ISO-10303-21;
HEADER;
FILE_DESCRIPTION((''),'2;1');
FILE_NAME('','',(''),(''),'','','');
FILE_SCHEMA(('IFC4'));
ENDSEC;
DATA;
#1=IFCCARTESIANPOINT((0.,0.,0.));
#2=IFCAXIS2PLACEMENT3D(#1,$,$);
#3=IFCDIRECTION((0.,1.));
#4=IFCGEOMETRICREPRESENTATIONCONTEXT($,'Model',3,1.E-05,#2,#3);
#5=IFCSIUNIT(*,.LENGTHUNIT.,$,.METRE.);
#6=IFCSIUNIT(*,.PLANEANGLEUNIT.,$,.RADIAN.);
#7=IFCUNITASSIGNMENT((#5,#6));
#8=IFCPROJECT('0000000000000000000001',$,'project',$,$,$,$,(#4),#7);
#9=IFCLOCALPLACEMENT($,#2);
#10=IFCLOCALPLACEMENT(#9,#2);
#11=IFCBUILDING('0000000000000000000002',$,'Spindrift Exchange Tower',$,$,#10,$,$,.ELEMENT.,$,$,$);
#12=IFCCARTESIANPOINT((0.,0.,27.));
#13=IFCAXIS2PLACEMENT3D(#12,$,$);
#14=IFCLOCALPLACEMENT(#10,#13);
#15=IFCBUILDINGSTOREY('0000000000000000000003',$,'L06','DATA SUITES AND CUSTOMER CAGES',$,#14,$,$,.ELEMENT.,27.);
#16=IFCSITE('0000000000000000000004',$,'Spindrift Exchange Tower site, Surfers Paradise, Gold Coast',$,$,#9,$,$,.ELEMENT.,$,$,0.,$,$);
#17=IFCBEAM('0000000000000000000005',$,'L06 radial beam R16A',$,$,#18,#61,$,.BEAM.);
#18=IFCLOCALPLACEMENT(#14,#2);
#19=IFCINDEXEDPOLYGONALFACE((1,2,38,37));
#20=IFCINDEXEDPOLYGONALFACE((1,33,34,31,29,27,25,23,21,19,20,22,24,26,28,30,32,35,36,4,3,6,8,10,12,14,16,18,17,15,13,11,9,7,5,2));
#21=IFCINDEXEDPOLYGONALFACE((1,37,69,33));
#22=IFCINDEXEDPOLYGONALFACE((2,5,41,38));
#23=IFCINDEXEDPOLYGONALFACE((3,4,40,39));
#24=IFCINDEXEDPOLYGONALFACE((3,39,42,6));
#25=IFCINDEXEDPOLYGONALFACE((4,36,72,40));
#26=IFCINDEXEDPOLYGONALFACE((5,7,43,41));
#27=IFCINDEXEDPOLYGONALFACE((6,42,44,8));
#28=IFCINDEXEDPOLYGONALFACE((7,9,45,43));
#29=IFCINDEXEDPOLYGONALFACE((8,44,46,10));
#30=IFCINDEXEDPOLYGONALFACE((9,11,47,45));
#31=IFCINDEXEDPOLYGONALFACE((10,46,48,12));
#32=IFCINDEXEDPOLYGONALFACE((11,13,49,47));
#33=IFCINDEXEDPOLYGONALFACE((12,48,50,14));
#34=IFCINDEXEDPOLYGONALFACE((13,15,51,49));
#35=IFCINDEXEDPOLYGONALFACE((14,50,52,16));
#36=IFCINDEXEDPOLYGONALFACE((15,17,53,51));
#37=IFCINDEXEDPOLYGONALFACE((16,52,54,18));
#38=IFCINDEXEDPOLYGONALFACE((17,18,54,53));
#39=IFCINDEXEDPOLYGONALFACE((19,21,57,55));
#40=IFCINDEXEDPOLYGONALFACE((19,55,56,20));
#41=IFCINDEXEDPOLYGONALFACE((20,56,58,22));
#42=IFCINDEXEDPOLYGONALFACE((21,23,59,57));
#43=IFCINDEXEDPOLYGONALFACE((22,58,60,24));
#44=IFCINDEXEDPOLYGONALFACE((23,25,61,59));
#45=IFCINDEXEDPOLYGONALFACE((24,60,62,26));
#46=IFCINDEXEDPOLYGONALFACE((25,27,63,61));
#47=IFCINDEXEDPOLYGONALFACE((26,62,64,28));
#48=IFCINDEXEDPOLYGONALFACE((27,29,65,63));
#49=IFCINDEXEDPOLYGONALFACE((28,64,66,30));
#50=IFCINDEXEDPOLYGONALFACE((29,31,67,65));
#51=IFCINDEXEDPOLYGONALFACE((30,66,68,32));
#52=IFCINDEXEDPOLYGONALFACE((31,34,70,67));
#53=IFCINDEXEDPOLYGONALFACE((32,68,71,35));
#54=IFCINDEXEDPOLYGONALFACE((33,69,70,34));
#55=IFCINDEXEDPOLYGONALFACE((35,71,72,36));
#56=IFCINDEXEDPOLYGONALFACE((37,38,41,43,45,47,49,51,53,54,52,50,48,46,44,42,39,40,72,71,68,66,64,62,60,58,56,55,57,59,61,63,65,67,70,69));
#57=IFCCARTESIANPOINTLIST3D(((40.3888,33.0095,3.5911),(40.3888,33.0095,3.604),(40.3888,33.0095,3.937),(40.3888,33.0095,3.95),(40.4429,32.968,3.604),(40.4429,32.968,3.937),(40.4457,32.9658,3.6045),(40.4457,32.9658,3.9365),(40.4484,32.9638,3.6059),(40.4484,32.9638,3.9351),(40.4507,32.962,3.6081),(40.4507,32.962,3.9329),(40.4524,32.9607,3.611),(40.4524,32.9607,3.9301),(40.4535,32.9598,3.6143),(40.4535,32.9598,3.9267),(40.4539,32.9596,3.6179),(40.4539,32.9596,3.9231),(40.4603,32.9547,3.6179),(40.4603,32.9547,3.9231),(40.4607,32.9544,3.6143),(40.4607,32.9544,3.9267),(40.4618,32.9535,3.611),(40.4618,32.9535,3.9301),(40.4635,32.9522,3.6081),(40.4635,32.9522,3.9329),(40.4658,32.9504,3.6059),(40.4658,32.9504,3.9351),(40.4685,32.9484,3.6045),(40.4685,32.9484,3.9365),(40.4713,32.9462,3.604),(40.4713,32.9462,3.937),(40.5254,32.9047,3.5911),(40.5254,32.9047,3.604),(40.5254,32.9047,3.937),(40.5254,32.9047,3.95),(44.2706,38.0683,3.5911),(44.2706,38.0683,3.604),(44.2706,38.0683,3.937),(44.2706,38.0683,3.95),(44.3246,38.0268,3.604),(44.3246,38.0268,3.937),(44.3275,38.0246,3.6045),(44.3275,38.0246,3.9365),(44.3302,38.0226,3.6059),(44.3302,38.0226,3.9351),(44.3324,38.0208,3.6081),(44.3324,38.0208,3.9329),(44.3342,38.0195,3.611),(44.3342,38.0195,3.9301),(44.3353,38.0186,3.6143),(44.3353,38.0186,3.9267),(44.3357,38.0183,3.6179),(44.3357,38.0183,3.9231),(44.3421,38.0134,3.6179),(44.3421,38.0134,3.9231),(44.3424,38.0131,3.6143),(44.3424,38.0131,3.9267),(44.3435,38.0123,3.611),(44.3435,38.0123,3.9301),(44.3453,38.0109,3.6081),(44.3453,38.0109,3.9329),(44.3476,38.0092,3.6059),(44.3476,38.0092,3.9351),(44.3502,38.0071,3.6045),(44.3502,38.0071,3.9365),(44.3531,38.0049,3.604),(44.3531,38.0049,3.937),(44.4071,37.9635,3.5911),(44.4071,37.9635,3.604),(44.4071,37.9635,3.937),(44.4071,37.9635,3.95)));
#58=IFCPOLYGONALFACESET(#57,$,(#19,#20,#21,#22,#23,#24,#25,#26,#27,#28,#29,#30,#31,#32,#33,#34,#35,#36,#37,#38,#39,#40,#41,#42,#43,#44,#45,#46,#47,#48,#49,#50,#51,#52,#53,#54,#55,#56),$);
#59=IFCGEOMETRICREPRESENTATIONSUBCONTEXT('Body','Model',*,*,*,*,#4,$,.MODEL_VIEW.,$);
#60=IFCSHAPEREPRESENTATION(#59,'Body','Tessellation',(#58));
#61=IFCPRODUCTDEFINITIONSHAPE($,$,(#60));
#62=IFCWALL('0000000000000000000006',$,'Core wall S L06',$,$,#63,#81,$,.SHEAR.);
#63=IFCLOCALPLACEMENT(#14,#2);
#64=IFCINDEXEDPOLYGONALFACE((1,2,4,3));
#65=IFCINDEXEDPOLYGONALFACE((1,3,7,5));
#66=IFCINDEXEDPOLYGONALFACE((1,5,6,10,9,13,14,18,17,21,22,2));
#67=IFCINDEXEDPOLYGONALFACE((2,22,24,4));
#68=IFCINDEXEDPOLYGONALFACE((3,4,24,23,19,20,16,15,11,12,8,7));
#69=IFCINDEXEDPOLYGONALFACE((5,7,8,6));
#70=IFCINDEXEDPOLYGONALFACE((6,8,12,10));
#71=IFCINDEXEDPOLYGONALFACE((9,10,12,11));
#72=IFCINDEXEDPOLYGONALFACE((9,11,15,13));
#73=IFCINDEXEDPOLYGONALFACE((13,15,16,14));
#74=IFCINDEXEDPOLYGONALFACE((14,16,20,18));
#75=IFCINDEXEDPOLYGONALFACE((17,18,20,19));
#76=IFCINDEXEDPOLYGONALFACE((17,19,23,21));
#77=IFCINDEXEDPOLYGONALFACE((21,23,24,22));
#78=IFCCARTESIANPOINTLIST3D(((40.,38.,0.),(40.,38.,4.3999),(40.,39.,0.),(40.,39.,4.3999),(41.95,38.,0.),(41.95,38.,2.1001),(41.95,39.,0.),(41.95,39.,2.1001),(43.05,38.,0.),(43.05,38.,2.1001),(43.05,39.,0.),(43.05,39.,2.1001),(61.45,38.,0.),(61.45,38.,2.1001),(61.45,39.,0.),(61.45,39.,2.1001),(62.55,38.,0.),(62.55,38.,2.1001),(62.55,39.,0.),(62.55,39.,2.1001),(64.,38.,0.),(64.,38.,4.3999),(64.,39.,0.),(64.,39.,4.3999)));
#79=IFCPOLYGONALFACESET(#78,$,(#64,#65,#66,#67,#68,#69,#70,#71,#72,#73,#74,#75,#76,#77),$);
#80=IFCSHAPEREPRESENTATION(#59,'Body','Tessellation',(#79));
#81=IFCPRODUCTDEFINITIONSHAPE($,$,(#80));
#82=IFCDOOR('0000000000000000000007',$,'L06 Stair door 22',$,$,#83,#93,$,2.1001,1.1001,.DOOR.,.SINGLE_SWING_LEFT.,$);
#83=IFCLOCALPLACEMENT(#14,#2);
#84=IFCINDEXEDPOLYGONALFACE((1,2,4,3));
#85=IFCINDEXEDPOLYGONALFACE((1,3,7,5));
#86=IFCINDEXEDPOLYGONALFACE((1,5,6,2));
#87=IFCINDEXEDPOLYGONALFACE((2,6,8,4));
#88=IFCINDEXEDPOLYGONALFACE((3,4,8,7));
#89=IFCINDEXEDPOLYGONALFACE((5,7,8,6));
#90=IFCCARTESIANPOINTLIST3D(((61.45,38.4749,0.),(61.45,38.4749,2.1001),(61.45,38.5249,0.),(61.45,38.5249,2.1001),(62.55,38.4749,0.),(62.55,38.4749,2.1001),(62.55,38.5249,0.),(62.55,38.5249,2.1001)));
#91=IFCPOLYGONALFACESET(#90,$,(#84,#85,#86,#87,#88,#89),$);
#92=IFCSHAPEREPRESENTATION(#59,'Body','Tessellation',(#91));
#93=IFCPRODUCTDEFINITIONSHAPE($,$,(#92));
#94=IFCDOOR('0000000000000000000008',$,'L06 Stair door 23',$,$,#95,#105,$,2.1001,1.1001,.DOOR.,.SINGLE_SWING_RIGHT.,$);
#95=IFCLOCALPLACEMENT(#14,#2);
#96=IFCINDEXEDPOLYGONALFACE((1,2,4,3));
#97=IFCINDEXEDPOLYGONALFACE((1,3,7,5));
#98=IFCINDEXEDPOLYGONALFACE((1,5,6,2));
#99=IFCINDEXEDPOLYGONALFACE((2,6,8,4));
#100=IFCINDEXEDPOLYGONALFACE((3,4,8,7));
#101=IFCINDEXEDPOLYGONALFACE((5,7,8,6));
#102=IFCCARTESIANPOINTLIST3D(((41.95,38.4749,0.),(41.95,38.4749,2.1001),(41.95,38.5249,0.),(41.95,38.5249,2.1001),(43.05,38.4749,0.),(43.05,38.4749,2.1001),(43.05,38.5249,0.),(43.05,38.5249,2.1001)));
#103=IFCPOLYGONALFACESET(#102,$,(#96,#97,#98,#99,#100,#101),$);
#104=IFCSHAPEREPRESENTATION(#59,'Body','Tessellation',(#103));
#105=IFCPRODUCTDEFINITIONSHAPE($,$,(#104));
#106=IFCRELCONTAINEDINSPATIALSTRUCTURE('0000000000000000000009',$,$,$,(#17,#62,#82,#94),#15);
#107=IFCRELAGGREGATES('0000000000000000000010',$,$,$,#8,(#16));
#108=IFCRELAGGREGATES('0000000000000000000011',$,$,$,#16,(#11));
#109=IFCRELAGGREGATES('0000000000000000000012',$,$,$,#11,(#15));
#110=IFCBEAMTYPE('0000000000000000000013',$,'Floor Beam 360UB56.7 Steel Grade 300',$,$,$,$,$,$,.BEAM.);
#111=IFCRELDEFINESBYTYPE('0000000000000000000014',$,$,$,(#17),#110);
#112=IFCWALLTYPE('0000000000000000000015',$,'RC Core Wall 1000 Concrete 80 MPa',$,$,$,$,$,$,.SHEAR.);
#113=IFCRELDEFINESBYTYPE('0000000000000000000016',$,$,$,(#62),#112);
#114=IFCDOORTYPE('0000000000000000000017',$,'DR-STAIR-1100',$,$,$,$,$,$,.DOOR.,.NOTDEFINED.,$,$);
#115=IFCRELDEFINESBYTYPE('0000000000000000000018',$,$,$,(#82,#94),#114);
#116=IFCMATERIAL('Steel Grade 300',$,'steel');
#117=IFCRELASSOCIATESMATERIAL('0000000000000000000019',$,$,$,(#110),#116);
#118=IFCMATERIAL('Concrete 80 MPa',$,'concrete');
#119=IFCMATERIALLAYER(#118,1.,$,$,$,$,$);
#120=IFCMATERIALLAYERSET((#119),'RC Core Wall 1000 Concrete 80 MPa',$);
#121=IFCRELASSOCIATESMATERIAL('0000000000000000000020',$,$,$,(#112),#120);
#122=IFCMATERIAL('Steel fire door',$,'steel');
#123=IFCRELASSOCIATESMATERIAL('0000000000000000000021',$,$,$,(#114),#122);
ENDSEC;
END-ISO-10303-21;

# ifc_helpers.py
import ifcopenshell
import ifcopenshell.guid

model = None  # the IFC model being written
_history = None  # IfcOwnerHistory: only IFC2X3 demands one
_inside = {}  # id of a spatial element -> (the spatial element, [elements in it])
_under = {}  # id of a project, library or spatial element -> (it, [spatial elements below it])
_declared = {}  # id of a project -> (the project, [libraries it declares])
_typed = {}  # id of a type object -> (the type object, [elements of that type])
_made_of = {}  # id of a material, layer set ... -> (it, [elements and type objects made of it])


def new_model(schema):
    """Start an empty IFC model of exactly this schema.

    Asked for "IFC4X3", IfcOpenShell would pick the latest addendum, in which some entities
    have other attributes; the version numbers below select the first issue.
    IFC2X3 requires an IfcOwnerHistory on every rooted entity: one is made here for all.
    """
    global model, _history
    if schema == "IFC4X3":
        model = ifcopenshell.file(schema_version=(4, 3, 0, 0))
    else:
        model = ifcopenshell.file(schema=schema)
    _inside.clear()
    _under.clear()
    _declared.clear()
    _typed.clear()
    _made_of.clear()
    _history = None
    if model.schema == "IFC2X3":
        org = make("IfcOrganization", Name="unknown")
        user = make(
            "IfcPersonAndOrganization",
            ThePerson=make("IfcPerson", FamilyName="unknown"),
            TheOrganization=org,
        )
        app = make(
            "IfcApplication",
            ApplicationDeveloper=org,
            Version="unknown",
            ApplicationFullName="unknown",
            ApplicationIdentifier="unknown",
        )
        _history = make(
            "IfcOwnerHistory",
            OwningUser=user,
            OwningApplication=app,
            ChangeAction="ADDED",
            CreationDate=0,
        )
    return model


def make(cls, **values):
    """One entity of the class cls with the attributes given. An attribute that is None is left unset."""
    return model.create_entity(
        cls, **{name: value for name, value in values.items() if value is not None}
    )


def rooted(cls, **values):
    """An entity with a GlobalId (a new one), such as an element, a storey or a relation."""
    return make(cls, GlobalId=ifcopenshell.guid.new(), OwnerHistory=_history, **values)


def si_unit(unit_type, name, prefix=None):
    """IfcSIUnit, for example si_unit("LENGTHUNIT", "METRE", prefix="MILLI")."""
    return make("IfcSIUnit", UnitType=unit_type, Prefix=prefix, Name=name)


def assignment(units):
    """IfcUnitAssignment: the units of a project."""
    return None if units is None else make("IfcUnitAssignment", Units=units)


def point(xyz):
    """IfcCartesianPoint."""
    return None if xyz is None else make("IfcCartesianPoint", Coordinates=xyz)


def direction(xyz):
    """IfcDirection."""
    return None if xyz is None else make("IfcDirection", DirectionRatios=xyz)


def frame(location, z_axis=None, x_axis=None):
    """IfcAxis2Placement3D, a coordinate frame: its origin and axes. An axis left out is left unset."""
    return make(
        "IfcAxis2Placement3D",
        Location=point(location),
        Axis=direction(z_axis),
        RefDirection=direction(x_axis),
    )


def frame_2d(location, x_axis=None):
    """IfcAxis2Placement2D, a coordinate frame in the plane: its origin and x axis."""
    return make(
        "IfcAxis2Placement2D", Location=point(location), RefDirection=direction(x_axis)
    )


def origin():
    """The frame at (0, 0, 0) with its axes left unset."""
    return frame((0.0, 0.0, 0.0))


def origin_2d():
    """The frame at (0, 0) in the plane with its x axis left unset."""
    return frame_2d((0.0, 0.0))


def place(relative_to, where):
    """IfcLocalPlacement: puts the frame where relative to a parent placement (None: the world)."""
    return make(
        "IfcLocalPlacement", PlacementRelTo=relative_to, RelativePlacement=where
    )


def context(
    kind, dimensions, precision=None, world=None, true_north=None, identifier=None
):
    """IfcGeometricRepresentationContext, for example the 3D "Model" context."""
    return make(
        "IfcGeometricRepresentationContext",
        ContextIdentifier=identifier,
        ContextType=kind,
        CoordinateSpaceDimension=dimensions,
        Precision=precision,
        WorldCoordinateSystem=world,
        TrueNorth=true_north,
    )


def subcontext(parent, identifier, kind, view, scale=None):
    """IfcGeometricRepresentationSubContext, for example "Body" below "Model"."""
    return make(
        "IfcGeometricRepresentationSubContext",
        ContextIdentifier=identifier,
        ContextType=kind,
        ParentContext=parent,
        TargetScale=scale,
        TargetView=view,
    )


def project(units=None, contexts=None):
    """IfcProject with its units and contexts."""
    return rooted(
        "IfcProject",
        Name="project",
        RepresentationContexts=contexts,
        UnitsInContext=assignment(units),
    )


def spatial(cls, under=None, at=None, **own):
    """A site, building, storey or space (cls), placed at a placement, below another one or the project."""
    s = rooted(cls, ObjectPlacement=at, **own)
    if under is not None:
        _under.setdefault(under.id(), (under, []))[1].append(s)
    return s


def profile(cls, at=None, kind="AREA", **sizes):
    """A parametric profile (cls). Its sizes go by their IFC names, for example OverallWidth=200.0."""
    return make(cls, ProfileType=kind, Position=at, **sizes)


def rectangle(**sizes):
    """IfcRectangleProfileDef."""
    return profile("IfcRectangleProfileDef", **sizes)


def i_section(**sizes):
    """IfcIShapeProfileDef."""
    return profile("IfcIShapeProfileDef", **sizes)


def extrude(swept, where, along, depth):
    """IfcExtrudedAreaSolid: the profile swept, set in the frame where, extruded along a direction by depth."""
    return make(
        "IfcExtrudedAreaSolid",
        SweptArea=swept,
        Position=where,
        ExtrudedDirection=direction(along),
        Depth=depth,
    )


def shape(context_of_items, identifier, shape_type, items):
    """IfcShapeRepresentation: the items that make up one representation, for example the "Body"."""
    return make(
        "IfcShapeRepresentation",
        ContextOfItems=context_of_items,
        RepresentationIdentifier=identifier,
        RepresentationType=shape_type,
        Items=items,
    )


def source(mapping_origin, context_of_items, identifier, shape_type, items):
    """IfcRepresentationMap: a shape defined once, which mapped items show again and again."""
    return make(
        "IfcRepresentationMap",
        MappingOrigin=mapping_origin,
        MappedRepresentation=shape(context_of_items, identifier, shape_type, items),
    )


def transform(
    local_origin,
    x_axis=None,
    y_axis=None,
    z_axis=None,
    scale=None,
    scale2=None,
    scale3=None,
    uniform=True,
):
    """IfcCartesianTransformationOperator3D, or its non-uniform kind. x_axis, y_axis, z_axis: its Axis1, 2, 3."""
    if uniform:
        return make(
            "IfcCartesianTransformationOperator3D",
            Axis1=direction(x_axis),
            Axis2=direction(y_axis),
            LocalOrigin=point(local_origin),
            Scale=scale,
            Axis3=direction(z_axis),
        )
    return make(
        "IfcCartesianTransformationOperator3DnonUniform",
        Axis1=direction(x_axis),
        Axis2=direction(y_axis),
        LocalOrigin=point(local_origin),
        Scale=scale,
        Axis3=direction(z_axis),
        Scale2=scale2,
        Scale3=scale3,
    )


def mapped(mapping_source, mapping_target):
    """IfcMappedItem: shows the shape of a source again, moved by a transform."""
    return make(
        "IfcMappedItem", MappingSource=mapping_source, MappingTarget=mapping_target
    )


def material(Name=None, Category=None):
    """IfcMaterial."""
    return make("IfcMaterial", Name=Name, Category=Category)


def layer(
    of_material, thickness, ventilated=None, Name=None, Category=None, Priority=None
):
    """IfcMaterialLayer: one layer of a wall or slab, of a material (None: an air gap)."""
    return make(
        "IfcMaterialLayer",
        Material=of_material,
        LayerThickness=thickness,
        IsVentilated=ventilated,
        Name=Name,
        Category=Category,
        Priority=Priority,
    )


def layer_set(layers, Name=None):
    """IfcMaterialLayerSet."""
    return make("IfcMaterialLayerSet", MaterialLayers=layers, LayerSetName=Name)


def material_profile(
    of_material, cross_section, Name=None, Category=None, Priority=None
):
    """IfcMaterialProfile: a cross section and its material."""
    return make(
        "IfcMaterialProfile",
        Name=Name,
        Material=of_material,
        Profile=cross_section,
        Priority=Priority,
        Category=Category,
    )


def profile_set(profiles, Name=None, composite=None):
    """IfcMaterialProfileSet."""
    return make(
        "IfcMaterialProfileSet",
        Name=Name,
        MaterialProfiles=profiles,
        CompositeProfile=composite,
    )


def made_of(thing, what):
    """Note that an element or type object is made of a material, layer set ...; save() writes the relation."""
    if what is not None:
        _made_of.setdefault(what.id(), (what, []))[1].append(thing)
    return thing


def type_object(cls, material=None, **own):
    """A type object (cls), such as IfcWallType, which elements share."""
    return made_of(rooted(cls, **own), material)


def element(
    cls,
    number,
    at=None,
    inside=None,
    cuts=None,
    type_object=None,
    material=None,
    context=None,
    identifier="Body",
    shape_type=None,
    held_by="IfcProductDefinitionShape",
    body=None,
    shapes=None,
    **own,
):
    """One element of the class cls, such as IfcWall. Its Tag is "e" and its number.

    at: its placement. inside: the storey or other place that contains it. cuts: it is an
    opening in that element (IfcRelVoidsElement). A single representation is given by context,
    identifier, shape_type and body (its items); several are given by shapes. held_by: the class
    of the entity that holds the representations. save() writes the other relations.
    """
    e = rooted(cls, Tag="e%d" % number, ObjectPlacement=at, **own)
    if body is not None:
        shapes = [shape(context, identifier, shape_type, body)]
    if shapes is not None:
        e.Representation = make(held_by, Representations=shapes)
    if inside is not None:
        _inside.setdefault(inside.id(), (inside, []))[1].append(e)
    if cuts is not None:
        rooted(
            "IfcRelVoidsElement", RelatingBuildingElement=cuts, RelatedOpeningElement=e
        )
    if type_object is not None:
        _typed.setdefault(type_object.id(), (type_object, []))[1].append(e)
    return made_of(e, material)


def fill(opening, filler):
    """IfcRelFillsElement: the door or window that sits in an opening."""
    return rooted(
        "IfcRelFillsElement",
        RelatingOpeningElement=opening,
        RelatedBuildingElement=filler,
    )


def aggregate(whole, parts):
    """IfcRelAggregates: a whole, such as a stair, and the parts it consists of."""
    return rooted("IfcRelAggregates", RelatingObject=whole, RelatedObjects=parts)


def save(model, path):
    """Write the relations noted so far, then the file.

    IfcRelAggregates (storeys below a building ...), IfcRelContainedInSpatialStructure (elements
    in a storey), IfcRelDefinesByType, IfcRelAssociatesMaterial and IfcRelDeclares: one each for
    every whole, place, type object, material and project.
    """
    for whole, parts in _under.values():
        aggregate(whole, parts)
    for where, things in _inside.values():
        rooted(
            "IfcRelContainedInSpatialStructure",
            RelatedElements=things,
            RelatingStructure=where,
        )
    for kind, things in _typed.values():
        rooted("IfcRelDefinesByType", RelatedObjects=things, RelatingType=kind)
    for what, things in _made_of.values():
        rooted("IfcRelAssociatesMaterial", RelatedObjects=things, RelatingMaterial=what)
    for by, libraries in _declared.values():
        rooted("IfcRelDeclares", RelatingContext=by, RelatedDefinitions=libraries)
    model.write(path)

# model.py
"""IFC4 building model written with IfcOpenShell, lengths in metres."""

from ifc_helpers import new_model, si_unit, direction, frame, frame_2d, origin, origin_2d, place, context, subcontext, project, spatial, rectangle, i_section, extrude, source, transform, mapped, material, layer, layer_set, material_profile, profile_set, type_object, element, fill, save


model = new_model("IFC4")

# Units and contexts
model_context = context("Model", 3, precision=1e-05, world=origin(), true_north=direction((0.0, 1.0)))
body_context = subcontext(model_context, "Body", "Model", "MODEL_VIEW")
ifc_project = project(units=[si_unit("LENGTHUNIT", "METRE"), si_unit("PLANEANGLEUNIT", "RADIAN")], contexts=[model_context])

# Site, building, storey
site_placement = place(None, origin())
site = spatial("IfcSite", under=ifc_project, at=site_placement, Name="Spindrift Exchange Tower site, Surfers Paradise, Gold Coast", CompositionType="ELEMENT", RefElevation=0.0)
building_placement = place(site_placement, origin())
building = spatial("IfcBuilding", under=site, at=building_placement, Name="Spindrift Exchange Tower", CompositionType="ELEMENT")
storey_placement = place(building_placement, frame((0.0, 0.0, 27.0)))
storey = spatial("IfcBuildingStorey", under=building, at=storey_placement, Name="L06", Description="DATA SUITES AND CUSTOMER CAGES", CompositionType="ELEMENT", Elevation=27.0)

# Beam
ifc_material_1 = material(Name="Steel Grade 300", Category="steel")
ifc_material_profile_1 = material_profile(ifc_material_1, i_section(OverallWidth=0.1721, OverallDepth=0.3589, WebThickness=0.0081, FlangeThickness=0.0129, FilletRadius=0.0139, at=origin_2d()), Name="360UB56.7")
ifc_profile_set_1 = profile_set([ifc_material_profile_1], Name="Steel Grade 300")
beam_type_1 = type_object("IfcBeamType", Name="Floor Beam 360UB56.7 Steel Grade 300", PredefinedType="BEAM", material=ifc_profile_set_1)
shared_shape_1 = source(origin(), body_context, "Body", "SweptSolid", [
    extrude(i_section(OverallWidth=0.1721, OverallDepth=0.3589, WebThickness=0.0081, FlangeThickness=0.0129, FilletRadius=0.0139, at=origin_2d()), origin(), (0.0, 0.0, 1.0), 6.3765),
])
beam_1_placement = place(storey_placement, frame((44.3389, 38.0159, 3.7705), z_axis=(-0.608767, -0.793349, 0.0), x_axis=(0.793349, -0.608767, 0.0)))
element("IfcBeam", 1, at=beam_1_placement, inside=storey, type_object=beam_type_1, Name="L06 radial beam R16A", PredefinedType="BEAM", context=body_context, shape_type="MappedRepresentation", body=[
    mapped(shared_shape_1, transform((0.0, 0.0, 0.0), scale=1.0)),
])

# Wall, openings, doors
ifc_material_2 = material(Name="Concrete 80 MPa", Category="concrete")
ifc_layer_1 = layer(ifc_material_2, 1.0)
ifc_layer_set_1 = layer_set([ifc_layer_1], Name="RC Core Wall 1000 Concrete 80 MPa")
wall_type_1 = type_object("IfcWallType", Name="RC Core Wall 1000 Concrete 80 MPa", PredefinedType="SHEAR", material=ifc_layer_set_1)
wall_1_placement = place(storey_placement, frame((40.0, 38.5, 0.0), z_axis=(0.0, 0.0, 1.0), x_axis=(1.0, 0.0, 0.0)))
wall_1 = element("IfcWall", 2, at=wall_1_placement, inside=storey, type_object=wall_type_1, Name="Core wall S L06", PredefinedType="SHEAR", context=body_context, shape_type="SweptSolid", body=[
    extrude(rectangle(XDim=24.0, YDim=1.0, at=frame_2d((12.0, 0.0))), origin(), (0.0, 0.0, 1.0), 4.3999),
])
opening_1_placement = place(wall_1_placement, frame((21.45, 0.0, 0.0)))
opening_1 = element("IfcOpeningElement", 3, at=opening_1_placement, cuts=wall_1, PredefinedType="OPENING", context=body_context, shape_type="SweptSolid", body=[
    extrude(rectangle(XDim=1.1001, YDim=2.1001, at=frame_2d((0.55, 1.05))), frame((0.0, 0.51, 0.0), z_axis=(0.0, -1.0, 0.0), x_axis=(1.0, 0.0, 0.0)), (0.0, 0.0, 1.0), 1.02),
])
opening_2_placement = place(wall_1_placement, frame((1.95, 0.0, 0.0)))
opening_2 = element("IfcOpeningElement", 4, at=opening_2_placement, cuts=wall_1, PredefinedType="OPENING", context=body_context, shape_type="SweptSolid", body=[
    extrude(rectangle(XDim=1.1001, YDim=2.1001, at=frame_2d((0.55, 1.05))), frame((0.0, 0.51, 0.0), z_axis=(0.0, -1.0, 0.0), x_axis=(1.0, 0.0, 0.0)), (0.0, 0.0, 1.0), 1.02),
])
ifc_material_3 = material(Name="Steel fire door", Category="steel")
door_type_1 = type_object("IfcDoorType", Name="DR-STAIR-1100", OperationType="NOTDEFINED", PredefinedType="DOOR", material=ifc_material_3)
shared_shape_2 = source(origin(), body_context, "Body", "SweptSolid", [
    extrude(rectangle(XDim=1.1001, YDim=2.1001, at=frame_2d((0.55, 1.05))), frame((0.0, 0.0249, 0.0), z_axis=(0.0, -1.0, 0.0), x_axis=(1.0, 0.0, 0.0)), (0.0, 0.0, 1.0), 0.05),
])
door_1_placement = place(opening_1_placement, origin())
door_1 = element("IfcDoor", 5, at=door_1_placement, inside=storey, type_object=door_type_1, Name="L06 Stair door 22", OperationType="SINGLE_SWING_LEFT", OverallHeight=2.1001, OverallWidth=1.1001, PredefinedType="DOOR", context=body_context, shape_type="MappedRepresentation", body=[
    mapped(shared_shape_2, transform((0.0, 0.0, 0.0), scale=1.0)),
])
fill(opening_1, door_1)
door_2_placement = place(opening_2_placement, origin())
door_2 = element("IfcDoor", 6, at=door_2_placement, inside=storey, type_object=door_type_1, Name="L06 Stair door 23", OperationType="SINGLE_SWING_RIGHT", OverallHeight=2.1001, OverallWidth=1.1001, PredefinedType="DOOR", context=body_context, shape_type="MappedRepresentation", body=[
    mapped(shared_shape_2, transform((0.0, 0.0, 0.0), scale=1.0)),
])
fill(opening_2, door_2)

save(model, "model.ifc")
